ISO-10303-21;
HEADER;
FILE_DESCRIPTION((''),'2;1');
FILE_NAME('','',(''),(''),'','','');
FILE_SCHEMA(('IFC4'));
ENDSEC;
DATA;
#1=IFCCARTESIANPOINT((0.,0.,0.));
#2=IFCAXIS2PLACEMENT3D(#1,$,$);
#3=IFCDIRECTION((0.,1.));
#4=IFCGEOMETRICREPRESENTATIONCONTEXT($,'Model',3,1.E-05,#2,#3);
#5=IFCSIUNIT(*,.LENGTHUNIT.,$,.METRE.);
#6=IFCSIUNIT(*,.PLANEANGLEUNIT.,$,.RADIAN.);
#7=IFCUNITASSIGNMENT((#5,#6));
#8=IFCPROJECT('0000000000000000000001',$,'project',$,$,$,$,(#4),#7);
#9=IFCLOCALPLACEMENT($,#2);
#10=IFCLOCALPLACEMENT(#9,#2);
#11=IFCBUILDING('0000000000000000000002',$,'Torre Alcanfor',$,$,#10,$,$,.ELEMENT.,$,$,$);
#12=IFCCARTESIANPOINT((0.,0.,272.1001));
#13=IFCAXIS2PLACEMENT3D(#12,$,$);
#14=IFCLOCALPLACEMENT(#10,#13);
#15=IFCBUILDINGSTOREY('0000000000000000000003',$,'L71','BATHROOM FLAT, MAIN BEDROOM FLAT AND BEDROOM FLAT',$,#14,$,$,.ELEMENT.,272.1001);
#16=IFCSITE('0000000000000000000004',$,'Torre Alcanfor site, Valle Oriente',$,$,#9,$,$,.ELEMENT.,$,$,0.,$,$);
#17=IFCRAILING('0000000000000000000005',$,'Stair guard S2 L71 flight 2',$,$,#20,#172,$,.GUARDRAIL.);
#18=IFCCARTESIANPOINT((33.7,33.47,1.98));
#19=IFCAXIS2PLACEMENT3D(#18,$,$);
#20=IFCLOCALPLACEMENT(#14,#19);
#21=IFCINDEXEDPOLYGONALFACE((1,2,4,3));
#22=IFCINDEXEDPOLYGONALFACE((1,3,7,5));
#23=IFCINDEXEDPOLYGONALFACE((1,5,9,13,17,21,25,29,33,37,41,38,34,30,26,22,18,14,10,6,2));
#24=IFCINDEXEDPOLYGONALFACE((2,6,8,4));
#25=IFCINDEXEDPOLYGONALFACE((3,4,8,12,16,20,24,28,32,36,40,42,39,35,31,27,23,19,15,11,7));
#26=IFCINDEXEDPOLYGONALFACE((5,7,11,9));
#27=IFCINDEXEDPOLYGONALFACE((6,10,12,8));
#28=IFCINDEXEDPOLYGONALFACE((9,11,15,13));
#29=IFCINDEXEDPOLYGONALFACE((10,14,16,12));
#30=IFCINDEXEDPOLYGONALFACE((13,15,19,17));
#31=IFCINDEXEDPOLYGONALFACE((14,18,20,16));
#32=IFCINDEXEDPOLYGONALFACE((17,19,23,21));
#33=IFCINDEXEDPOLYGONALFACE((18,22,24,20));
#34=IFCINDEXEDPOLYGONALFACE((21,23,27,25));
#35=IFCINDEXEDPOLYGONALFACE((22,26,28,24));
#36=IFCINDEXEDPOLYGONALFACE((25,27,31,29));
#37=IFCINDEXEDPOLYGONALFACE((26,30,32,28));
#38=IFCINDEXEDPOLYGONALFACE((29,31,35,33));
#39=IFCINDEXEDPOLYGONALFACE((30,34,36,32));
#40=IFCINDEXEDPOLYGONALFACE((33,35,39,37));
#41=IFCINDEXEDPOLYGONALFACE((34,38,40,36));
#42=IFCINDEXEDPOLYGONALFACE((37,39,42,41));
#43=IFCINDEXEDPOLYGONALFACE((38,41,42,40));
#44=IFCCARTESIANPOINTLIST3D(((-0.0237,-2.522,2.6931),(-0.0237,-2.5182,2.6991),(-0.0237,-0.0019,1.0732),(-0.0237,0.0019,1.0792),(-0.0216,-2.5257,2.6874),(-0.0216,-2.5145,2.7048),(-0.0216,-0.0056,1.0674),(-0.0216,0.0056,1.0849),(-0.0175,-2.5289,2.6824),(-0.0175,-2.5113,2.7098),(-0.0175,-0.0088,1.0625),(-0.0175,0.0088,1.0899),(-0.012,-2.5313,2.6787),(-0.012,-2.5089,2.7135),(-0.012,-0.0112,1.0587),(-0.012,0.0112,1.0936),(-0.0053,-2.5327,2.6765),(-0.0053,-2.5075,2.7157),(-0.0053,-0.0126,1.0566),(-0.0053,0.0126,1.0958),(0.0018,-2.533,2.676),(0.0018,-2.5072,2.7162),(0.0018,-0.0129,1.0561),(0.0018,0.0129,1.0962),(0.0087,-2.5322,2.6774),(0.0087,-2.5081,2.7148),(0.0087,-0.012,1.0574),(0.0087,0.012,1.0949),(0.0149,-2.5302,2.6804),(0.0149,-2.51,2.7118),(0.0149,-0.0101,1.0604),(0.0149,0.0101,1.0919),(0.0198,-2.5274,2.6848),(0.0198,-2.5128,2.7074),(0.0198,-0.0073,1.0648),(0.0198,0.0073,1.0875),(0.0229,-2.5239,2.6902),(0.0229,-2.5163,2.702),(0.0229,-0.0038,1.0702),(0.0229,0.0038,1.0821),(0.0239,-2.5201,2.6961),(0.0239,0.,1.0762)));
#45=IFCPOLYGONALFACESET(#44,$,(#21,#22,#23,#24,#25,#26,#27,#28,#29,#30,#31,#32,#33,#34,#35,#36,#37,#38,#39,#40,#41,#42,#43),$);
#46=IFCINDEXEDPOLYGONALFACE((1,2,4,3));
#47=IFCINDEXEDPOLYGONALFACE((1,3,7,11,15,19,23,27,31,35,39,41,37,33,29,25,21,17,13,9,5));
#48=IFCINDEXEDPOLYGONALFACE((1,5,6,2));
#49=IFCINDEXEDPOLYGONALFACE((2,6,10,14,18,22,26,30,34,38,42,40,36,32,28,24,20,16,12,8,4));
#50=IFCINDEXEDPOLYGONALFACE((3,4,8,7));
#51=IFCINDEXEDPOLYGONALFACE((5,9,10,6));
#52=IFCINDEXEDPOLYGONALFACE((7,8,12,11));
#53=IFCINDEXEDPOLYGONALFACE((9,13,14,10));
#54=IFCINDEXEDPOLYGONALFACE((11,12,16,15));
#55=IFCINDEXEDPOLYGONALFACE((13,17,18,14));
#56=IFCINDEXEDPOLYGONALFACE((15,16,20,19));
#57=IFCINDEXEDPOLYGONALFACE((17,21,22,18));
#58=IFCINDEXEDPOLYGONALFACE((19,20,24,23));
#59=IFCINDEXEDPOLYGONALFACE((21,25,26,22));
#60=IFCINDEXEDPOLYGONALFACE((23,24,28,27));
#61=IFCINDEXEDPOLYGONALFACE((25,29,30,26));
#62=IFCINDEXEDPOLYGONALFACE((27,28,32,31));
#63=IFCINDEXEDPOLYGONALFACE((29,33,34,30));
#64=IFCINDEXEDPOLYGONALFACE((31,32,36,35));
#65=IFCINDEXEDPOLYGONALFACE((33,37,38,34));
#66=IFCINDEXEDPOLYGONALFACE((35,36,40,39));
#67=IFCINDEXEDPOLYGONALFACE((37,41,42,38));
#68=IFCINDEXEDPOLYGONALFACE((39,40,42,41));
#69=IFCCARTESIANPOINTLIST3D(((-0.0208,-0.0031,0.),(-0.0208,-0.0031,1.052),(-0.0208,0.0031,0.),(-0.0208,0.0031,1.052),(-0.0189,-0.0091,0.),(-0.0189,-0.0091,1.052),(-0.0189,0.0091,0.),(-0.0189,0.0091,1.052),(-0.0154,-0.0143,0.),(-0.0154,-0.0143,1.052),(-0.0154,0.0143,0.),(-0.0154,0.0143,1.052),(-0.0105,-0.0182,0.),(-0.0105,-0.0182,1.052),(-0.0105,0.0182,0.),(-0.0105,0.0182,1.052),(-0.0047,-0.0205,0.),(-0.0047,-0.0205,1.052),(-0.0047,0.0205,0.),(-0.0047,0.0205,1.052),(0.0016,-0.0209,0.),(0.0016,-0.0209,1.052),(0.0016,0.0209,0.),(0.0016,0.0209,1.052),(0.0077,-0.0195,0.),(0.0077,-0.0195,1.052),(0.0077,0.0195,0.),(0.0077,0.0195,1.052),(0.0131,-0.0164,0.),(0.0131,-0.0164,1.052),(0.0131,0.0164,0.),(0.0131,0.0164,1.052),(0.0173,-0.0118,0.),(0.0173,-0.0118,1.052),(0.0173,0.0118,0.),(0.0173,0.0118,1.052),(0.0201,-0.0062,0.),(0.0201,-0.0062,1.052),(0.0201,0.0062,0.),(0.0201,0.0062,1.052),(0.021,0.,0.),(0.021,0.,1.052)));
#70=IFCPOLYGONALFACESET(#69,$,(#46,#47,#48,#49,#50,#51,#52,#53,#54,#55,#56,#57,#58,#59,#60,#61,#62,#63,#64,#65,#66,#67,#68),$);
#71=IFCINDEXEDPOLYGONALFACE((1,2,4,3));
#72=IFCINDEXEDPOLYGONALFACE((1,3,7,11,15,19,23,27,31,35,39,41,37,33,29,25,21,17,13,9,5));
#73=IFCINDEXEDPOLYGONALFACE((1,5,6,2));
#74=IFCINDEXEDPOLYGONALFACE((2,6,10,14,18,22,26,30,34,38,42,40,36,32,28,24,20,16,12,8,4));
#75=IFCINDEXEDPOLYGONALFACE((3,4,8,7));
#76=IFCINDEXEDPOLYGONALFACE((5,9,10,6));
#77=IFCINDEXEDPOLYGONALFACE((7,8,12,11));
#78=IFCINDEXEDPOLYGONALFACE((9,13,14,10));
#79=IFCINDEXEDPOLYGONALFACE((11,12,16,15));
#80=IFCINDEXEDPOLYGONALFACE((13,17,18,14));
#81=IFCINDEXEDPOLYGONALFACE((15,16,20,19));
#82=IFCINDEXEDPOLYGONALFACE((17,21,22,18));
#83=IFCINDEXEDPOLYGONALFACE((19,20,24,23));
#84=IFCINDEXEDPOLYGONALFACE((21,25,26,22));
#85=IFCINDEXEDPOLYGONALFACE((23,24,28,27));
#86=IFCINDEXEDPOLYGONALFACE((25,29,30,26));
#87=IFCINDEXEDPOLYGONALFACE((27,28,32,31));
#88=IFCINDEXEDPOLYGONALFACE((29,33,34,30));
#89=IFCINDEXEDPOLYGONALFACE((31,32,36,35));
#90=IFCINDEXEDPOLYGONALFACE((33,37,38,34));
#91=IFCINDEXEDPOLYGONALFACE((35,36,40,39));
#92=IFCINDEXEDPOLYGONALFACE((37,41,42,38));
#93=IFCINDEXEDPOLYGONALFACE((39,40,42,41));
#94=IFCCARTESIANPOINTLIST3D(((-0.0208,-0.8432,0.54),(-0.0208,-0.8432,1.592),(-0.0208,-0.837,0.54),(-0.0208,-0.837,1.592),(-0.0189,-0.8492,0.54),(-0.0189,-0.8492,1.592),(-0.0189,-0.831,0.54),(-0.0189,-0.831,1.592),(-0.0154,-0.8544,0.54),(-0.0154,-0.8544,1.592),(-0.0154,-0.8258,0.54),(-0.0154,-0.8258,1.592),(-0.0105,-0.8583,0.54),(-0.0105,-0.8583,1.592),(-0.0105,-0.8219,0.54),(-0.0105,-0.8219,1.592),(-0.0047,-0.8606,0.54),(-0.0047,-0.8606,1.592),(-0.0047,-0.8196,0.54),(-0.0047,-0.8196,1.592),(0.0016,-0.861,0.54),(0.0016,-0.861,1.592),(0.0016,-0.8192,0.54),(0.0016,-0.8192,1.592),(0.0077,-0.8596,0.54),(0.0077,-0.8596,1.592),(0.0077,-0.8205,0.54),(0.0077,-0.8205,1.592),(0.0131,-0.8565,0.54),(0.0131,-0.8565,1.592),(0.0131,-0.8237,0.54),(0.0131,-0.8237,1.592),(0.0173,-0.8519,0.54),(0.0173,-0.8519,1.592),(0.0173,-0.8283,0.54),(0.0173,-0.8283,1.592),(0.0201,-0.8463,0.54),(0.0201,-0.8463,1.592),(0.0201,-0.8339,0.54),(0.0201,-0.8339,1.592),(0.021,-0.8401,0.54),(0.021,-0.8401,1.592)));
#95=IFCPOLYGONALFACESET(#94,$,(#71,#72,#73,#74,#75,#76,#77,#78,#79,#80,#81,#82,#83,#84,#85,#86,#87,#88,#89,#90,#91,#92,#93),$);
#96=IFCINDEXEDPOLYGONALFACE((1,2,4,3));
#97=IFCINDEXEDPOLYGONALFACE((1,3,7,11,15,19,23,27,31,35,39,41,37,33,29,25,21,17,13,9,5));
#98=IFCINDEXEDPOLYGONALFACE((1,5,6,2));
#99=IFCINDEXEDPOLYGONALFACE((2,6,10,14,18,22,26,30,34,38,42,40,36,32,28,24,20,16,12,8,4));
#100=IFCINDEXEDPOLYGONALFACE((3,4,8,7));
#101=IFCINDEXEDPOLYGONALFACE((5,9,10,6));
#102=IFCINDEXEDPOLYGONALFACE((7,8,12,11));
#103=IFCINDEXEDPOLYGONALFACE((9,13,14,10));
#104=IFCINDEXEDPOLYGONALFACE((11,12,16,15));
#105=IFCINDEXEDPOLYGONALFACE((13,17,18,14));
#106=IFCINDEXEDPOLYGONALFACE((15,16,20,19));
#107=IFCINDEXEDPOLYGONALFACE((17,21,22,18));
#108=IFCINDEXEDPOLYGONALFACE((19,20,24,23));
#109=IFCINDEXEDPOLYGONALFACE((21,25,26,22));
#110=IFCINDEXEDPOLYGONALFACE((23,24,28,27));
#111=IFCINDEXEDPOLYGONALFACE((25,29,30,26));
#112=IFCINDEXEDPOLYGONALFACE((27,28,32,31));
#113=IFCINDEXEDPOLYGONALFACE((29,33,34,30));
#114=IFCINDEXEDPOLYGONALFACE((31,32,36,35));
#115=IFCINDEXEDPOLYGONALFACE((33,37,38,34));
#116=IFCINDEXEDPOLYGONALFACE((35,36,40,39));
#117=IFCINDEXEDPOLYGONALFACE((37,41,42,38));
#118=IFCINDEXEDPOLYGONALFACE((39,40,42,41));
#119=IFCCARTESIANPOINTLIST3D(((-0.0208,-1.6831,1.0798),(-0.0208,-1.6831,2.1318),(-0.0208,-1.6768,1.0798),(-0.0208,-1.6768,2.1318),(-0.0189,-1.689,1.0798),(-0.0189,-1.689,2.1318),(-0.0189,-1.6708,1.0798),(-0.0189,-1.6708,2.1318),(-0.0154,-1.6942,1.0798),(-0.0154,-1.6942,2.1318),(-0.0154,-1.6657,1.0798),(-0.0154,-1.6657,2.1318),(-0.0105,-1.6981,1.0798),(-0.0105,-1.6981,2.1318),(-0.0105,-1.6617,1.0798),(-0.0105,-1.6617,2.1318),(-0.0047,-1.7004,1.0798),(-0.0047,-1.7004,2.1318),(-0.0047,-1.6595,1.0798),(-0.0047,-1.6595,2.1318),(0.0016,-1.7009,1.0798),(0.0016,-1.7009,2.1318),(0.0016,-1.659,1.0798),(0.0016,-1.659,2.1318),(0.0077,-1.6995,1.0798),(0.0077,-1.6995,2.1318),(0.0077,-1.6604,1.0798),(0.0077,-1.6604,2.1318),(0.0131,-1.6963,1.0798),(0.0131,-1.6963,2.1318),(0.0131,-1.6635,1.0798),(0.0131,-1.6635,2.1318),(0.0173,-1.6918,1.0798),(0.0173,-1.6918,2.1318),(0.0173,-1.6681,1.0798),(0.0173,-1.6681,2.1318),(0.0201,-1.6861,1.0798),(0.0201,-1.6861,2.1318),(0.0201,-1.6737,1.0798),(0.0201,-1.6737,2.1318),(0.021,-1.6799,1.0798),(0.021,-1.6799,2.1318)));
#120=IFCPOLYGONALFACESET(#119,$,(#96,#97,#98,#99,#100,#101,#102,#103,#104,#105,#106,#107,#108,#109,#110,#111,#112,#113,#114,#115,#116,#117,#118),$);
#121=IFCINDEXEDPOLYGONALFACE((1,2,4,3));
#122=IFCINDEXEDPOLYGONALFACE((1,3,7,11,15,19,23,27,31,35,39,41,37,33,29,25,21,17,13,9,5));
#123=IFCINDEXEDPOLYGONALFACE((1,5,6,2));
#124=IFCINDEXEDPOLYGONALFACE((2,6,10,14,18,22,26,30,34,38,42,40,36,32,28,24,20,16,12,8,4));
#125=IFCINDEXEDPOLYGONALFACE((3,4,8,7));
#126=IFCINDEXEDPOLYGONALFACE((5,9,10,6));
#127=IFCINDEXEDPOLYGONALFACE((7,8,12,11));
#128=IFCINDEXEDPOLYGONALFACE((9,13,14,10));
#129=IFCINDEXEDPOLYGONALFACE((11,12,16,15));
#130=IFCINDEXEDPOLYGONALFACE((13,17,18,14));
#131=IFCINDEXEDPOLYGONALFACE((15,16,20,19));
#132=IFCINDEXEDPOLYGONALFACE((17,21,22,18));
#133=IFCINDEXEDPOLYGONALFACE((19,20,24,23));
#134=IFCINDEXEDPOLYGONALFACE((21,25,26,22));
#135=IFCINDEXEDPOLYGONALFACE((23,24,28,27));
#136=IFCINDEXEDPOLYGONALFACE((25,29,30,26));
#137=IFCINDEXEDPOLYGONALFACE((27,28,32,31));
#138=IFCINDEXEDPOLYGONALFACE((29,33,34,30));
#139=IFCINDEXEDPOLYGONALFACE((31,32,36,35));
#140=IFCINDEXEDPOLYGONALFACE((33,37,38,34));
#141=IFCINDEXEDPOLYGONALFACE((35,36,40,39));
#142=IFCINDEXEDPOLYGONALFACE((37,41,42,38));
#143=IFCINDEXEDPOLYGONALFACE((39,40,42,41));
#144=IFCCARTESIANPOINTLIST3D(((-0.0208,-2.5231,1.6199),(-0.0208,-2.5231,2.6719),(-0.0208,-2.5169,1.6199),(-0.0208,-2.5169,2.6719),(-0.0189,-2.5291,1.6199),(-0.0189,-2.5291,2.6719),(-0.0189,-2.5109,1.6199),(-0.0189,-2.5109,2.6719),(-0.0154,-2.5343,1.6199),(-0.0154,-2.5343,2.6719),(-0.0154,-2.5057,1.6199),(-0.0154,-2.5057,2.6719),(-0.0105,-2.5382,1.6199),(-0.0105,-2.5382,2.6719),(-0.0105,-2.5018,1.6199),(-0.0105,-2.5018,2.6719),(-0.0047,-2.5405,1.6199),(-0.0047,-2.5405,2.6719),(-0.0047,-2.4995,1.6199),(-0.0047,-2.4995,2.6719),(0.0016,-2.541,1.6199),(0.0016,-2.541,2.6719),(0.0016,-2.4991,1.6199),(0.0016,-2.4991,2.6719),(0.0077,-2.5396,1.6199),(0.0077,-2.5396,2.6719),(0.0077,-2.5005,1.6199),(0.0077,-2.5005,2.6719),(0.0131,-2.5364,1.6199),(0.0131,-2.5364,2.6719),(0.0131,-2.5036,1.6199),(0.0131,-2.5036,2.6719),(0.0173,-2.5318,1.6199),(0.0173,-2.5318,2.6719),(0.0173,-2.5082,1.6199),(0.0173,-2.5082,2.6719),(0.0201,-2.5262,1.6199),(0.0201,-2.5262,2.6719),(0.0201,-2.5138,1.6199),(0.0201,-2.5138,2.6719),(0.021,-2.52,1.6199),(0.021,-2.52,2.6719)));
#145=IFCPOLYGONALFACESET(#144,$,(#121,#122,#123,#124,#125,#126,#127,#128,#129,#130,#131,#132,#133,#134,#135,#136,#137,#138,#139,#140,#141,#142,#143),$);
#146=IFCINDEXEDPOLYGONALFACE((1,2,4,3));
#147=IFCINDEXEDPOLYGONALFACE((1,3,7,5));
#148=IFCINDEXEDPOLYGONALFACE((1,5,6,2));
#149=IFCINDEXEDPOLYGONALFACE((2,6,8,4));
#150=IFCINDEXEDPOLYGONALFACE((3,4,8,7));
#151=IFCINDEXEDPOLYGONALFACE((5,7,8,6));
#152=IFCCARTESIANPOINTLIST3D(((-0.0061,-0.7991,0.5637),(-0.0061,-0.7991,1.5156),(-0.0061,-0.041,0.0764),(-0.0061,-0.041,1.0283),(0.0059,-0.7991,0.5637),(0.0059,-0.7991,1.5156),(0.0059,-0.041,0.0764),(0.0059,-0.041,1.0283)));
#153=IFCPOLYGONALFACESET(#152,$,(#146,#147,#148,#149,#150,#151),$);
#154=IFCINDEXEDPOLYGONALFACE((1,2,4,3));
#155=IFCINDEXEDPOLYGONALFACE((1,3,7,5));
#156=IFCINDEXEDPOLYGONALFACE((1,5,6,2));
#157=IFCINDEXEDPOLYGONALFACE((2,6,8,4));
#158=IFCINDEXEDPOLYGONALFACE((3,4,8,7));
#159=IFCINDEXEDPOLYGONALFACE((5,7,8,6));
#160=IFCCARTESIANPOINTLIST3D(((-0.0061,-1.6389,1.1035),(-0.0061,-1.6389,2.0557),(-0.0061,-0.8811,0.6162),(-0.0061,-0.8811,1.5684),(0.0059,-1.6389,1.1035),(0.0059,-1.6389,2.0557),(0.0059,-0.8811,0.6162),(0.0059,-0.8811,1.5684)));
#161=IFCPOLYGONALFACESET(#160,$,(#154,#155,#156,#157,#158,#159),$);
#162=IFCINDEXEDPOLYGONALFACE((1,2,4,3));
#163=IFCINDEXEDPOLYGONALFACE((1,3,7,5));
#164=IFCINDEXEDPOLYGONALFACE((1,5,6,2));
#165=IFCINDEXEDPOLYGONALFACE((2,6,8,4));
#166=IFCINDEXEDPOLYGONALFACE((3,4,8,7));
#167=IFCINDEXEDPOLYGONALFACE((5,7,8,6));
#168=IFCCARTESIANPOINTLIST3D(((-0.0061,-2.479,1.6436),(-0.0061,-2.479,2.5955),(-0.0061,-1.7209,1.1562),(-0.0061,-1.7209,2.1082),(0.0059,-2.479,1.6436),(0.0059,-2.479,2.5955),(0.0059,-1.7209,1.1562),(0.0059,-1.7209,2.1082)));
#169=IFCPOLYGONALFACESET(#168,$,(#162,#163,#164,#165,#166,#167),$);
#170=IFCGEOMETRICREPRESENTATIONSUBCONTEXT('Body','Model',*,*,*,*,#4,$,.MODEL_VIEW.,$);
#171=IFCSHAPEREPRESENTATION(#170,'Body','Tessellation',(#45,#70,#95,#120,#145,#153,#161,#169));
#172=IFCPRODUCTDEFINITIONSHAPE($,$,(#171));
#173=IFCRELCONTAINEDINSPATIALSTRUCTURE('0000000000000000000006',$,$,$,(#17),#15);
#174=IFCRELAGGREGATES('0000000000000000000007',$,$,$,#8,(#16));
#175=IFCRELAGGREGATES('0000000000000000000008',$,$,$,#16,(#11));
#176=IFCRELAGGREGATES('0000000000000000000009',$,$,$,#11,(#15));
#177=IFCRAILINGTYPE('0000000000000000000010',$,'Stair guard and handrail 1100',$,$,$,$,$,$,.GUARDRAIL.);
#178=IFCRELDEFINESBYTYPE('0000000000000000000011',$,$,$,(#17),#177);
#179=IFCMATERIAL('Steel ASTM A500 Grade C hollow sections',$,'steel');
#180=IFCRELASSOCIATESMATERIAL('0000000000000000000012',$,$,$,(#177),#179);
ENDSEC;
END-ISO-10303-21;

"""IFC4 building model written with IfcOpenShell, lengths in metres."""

from ifc_helpers import new_model, si_unit, direction, frame, origin, origin_2d, place, context, subcontext, project, spatial, polyline, circle, outline, extrude, material, type_object, element, save


model = new_model("IFC4")

# Units and contexts
model_context = context("Model", 3, precision=1e-05, world=origin(), true_north=direction((0.0, 1.0)))
body_context = subcontext(model_context, "Body", "Model", "MODEL_VIEW")
ifc_project = project(units=[si_unit("LENGTHUNIT", "METRE"), si_unit("PLANEANGLEUNIT", "RADIAN")], contexts=[model_context])

# Site, building, storey
site_placement = place(None, origin())
site = spatial("IfcSite", under=ifc_project, at=site_placement, Name="Torre Alcanfor site, Valle Oriente", CompositionType="ELEMENT", RefElevation=0.0)
building_placement = place(site_placement, origin())
building = spatial("IfcBuilding", under=site, at=building_placement, Name="Torre Alcanfor", CompositionType="ELEMENT")
storey_placement = place(building_placement, frame((0.0, 0.0, 272.1001)))
storey = spatial("IfcBuildingStorey", under=building, at=storey_placement, Name="L71", Description="BATHROOM FLAT, MAIN BEDROOM FLAT AND BEDROOM FLAT", CompositionType="ELEMENT", Elevation=272.1001)

# Railing
ifc_material_1 = material(Name="Steel ASTM A500 Grade C hollow sections", Category="steel")
railing_type_1 = type_object("IfcRailingType", Name="Stair guard and handrail 1100", PredefinedType="GUARDRAIL", material=ifc_material_1)
railing_1_placement = place(storey_placement, frame((33.7, 33.47, 1.98)))
element("IfcRailing", 1, at=railing_1_placement, inside=storey, type_object=railing_type_1, Name="Stair guard S2 L71 flight 2", PredefinedType="GUARDRAIL", context=body_context, shape_type="SweptSolid", body=[
    extrude(circle(Radius=0.0239, at=origin_2d()), frame((0.0, 0.0, 1.0762), z_axis=(0.0, -0.8412, 0.540725), x_axis=(1.0, 0.0, 0.0)), (0.0, 0.0, 1.0), 2.9958),
    extrude(circle(Radius=0.021, at=origin_2d()), origin(), (0.0, 0.0, 1.0), 1.052),
    extrude(circle(Radius=0.021, at=origin_2d()), frame((0.0, -0.8401, 0.54)), (0.0, 0.0, 1.0), 1.052),
    extrude(circle(Radius=0.021, at=origin_2d()), frame((0.0, -1.6799, 1.0798)), (0.0, 0.0, 1.0), 1.052),
    extrude(circle(Radius=0.021, at=origin_2d()), frame((0.0, -2.52, 1.6199)), (0.0, 0.0, 1.0), 1.052),
    extrude(outline(polyline([(0.041, 0.0764), (0.7991, 0.5637), (0.7991, 1.5156), (0.041, 1.0283), (0.041, 0.0764)])), frame((0.0059, 0.0, 0.0), z_axis=(-1.0, 0.0, 0.0), x_axis=(0.0, -1.0, 0.0)), (0.0, 0.0, 1.0), 0.012),
    extrude(outline(polyline([(0.8811, 0.6162), (1.6389, 1.1035), (1.6389, 2.0557), (0.8811, 1.5684), (0.8811, 0.6162)])), frame((0.0059, 0.0, 0.0), z_axis=(-1.0, 0.0, 0.0), x_axis=(0.0, -1.0, 0.0)), (0.0, 0.0, 1.0), 0.012),
    extrude(outline(polyline([(1.7209, 1.1562), (2.479, 1.6436), (2.479, 2.5955), (1.7209, 2.1082), (1.7209, 1.1562)])), frame((0.0059, 0.0, 0.0), z_axis=(-1.0, 0.0, 0.0), x_axis=(0.0, -1.0, 0.0)), (0.0, 0.0, 1.0), 0.012),
])

save(model, "model.ifc")
